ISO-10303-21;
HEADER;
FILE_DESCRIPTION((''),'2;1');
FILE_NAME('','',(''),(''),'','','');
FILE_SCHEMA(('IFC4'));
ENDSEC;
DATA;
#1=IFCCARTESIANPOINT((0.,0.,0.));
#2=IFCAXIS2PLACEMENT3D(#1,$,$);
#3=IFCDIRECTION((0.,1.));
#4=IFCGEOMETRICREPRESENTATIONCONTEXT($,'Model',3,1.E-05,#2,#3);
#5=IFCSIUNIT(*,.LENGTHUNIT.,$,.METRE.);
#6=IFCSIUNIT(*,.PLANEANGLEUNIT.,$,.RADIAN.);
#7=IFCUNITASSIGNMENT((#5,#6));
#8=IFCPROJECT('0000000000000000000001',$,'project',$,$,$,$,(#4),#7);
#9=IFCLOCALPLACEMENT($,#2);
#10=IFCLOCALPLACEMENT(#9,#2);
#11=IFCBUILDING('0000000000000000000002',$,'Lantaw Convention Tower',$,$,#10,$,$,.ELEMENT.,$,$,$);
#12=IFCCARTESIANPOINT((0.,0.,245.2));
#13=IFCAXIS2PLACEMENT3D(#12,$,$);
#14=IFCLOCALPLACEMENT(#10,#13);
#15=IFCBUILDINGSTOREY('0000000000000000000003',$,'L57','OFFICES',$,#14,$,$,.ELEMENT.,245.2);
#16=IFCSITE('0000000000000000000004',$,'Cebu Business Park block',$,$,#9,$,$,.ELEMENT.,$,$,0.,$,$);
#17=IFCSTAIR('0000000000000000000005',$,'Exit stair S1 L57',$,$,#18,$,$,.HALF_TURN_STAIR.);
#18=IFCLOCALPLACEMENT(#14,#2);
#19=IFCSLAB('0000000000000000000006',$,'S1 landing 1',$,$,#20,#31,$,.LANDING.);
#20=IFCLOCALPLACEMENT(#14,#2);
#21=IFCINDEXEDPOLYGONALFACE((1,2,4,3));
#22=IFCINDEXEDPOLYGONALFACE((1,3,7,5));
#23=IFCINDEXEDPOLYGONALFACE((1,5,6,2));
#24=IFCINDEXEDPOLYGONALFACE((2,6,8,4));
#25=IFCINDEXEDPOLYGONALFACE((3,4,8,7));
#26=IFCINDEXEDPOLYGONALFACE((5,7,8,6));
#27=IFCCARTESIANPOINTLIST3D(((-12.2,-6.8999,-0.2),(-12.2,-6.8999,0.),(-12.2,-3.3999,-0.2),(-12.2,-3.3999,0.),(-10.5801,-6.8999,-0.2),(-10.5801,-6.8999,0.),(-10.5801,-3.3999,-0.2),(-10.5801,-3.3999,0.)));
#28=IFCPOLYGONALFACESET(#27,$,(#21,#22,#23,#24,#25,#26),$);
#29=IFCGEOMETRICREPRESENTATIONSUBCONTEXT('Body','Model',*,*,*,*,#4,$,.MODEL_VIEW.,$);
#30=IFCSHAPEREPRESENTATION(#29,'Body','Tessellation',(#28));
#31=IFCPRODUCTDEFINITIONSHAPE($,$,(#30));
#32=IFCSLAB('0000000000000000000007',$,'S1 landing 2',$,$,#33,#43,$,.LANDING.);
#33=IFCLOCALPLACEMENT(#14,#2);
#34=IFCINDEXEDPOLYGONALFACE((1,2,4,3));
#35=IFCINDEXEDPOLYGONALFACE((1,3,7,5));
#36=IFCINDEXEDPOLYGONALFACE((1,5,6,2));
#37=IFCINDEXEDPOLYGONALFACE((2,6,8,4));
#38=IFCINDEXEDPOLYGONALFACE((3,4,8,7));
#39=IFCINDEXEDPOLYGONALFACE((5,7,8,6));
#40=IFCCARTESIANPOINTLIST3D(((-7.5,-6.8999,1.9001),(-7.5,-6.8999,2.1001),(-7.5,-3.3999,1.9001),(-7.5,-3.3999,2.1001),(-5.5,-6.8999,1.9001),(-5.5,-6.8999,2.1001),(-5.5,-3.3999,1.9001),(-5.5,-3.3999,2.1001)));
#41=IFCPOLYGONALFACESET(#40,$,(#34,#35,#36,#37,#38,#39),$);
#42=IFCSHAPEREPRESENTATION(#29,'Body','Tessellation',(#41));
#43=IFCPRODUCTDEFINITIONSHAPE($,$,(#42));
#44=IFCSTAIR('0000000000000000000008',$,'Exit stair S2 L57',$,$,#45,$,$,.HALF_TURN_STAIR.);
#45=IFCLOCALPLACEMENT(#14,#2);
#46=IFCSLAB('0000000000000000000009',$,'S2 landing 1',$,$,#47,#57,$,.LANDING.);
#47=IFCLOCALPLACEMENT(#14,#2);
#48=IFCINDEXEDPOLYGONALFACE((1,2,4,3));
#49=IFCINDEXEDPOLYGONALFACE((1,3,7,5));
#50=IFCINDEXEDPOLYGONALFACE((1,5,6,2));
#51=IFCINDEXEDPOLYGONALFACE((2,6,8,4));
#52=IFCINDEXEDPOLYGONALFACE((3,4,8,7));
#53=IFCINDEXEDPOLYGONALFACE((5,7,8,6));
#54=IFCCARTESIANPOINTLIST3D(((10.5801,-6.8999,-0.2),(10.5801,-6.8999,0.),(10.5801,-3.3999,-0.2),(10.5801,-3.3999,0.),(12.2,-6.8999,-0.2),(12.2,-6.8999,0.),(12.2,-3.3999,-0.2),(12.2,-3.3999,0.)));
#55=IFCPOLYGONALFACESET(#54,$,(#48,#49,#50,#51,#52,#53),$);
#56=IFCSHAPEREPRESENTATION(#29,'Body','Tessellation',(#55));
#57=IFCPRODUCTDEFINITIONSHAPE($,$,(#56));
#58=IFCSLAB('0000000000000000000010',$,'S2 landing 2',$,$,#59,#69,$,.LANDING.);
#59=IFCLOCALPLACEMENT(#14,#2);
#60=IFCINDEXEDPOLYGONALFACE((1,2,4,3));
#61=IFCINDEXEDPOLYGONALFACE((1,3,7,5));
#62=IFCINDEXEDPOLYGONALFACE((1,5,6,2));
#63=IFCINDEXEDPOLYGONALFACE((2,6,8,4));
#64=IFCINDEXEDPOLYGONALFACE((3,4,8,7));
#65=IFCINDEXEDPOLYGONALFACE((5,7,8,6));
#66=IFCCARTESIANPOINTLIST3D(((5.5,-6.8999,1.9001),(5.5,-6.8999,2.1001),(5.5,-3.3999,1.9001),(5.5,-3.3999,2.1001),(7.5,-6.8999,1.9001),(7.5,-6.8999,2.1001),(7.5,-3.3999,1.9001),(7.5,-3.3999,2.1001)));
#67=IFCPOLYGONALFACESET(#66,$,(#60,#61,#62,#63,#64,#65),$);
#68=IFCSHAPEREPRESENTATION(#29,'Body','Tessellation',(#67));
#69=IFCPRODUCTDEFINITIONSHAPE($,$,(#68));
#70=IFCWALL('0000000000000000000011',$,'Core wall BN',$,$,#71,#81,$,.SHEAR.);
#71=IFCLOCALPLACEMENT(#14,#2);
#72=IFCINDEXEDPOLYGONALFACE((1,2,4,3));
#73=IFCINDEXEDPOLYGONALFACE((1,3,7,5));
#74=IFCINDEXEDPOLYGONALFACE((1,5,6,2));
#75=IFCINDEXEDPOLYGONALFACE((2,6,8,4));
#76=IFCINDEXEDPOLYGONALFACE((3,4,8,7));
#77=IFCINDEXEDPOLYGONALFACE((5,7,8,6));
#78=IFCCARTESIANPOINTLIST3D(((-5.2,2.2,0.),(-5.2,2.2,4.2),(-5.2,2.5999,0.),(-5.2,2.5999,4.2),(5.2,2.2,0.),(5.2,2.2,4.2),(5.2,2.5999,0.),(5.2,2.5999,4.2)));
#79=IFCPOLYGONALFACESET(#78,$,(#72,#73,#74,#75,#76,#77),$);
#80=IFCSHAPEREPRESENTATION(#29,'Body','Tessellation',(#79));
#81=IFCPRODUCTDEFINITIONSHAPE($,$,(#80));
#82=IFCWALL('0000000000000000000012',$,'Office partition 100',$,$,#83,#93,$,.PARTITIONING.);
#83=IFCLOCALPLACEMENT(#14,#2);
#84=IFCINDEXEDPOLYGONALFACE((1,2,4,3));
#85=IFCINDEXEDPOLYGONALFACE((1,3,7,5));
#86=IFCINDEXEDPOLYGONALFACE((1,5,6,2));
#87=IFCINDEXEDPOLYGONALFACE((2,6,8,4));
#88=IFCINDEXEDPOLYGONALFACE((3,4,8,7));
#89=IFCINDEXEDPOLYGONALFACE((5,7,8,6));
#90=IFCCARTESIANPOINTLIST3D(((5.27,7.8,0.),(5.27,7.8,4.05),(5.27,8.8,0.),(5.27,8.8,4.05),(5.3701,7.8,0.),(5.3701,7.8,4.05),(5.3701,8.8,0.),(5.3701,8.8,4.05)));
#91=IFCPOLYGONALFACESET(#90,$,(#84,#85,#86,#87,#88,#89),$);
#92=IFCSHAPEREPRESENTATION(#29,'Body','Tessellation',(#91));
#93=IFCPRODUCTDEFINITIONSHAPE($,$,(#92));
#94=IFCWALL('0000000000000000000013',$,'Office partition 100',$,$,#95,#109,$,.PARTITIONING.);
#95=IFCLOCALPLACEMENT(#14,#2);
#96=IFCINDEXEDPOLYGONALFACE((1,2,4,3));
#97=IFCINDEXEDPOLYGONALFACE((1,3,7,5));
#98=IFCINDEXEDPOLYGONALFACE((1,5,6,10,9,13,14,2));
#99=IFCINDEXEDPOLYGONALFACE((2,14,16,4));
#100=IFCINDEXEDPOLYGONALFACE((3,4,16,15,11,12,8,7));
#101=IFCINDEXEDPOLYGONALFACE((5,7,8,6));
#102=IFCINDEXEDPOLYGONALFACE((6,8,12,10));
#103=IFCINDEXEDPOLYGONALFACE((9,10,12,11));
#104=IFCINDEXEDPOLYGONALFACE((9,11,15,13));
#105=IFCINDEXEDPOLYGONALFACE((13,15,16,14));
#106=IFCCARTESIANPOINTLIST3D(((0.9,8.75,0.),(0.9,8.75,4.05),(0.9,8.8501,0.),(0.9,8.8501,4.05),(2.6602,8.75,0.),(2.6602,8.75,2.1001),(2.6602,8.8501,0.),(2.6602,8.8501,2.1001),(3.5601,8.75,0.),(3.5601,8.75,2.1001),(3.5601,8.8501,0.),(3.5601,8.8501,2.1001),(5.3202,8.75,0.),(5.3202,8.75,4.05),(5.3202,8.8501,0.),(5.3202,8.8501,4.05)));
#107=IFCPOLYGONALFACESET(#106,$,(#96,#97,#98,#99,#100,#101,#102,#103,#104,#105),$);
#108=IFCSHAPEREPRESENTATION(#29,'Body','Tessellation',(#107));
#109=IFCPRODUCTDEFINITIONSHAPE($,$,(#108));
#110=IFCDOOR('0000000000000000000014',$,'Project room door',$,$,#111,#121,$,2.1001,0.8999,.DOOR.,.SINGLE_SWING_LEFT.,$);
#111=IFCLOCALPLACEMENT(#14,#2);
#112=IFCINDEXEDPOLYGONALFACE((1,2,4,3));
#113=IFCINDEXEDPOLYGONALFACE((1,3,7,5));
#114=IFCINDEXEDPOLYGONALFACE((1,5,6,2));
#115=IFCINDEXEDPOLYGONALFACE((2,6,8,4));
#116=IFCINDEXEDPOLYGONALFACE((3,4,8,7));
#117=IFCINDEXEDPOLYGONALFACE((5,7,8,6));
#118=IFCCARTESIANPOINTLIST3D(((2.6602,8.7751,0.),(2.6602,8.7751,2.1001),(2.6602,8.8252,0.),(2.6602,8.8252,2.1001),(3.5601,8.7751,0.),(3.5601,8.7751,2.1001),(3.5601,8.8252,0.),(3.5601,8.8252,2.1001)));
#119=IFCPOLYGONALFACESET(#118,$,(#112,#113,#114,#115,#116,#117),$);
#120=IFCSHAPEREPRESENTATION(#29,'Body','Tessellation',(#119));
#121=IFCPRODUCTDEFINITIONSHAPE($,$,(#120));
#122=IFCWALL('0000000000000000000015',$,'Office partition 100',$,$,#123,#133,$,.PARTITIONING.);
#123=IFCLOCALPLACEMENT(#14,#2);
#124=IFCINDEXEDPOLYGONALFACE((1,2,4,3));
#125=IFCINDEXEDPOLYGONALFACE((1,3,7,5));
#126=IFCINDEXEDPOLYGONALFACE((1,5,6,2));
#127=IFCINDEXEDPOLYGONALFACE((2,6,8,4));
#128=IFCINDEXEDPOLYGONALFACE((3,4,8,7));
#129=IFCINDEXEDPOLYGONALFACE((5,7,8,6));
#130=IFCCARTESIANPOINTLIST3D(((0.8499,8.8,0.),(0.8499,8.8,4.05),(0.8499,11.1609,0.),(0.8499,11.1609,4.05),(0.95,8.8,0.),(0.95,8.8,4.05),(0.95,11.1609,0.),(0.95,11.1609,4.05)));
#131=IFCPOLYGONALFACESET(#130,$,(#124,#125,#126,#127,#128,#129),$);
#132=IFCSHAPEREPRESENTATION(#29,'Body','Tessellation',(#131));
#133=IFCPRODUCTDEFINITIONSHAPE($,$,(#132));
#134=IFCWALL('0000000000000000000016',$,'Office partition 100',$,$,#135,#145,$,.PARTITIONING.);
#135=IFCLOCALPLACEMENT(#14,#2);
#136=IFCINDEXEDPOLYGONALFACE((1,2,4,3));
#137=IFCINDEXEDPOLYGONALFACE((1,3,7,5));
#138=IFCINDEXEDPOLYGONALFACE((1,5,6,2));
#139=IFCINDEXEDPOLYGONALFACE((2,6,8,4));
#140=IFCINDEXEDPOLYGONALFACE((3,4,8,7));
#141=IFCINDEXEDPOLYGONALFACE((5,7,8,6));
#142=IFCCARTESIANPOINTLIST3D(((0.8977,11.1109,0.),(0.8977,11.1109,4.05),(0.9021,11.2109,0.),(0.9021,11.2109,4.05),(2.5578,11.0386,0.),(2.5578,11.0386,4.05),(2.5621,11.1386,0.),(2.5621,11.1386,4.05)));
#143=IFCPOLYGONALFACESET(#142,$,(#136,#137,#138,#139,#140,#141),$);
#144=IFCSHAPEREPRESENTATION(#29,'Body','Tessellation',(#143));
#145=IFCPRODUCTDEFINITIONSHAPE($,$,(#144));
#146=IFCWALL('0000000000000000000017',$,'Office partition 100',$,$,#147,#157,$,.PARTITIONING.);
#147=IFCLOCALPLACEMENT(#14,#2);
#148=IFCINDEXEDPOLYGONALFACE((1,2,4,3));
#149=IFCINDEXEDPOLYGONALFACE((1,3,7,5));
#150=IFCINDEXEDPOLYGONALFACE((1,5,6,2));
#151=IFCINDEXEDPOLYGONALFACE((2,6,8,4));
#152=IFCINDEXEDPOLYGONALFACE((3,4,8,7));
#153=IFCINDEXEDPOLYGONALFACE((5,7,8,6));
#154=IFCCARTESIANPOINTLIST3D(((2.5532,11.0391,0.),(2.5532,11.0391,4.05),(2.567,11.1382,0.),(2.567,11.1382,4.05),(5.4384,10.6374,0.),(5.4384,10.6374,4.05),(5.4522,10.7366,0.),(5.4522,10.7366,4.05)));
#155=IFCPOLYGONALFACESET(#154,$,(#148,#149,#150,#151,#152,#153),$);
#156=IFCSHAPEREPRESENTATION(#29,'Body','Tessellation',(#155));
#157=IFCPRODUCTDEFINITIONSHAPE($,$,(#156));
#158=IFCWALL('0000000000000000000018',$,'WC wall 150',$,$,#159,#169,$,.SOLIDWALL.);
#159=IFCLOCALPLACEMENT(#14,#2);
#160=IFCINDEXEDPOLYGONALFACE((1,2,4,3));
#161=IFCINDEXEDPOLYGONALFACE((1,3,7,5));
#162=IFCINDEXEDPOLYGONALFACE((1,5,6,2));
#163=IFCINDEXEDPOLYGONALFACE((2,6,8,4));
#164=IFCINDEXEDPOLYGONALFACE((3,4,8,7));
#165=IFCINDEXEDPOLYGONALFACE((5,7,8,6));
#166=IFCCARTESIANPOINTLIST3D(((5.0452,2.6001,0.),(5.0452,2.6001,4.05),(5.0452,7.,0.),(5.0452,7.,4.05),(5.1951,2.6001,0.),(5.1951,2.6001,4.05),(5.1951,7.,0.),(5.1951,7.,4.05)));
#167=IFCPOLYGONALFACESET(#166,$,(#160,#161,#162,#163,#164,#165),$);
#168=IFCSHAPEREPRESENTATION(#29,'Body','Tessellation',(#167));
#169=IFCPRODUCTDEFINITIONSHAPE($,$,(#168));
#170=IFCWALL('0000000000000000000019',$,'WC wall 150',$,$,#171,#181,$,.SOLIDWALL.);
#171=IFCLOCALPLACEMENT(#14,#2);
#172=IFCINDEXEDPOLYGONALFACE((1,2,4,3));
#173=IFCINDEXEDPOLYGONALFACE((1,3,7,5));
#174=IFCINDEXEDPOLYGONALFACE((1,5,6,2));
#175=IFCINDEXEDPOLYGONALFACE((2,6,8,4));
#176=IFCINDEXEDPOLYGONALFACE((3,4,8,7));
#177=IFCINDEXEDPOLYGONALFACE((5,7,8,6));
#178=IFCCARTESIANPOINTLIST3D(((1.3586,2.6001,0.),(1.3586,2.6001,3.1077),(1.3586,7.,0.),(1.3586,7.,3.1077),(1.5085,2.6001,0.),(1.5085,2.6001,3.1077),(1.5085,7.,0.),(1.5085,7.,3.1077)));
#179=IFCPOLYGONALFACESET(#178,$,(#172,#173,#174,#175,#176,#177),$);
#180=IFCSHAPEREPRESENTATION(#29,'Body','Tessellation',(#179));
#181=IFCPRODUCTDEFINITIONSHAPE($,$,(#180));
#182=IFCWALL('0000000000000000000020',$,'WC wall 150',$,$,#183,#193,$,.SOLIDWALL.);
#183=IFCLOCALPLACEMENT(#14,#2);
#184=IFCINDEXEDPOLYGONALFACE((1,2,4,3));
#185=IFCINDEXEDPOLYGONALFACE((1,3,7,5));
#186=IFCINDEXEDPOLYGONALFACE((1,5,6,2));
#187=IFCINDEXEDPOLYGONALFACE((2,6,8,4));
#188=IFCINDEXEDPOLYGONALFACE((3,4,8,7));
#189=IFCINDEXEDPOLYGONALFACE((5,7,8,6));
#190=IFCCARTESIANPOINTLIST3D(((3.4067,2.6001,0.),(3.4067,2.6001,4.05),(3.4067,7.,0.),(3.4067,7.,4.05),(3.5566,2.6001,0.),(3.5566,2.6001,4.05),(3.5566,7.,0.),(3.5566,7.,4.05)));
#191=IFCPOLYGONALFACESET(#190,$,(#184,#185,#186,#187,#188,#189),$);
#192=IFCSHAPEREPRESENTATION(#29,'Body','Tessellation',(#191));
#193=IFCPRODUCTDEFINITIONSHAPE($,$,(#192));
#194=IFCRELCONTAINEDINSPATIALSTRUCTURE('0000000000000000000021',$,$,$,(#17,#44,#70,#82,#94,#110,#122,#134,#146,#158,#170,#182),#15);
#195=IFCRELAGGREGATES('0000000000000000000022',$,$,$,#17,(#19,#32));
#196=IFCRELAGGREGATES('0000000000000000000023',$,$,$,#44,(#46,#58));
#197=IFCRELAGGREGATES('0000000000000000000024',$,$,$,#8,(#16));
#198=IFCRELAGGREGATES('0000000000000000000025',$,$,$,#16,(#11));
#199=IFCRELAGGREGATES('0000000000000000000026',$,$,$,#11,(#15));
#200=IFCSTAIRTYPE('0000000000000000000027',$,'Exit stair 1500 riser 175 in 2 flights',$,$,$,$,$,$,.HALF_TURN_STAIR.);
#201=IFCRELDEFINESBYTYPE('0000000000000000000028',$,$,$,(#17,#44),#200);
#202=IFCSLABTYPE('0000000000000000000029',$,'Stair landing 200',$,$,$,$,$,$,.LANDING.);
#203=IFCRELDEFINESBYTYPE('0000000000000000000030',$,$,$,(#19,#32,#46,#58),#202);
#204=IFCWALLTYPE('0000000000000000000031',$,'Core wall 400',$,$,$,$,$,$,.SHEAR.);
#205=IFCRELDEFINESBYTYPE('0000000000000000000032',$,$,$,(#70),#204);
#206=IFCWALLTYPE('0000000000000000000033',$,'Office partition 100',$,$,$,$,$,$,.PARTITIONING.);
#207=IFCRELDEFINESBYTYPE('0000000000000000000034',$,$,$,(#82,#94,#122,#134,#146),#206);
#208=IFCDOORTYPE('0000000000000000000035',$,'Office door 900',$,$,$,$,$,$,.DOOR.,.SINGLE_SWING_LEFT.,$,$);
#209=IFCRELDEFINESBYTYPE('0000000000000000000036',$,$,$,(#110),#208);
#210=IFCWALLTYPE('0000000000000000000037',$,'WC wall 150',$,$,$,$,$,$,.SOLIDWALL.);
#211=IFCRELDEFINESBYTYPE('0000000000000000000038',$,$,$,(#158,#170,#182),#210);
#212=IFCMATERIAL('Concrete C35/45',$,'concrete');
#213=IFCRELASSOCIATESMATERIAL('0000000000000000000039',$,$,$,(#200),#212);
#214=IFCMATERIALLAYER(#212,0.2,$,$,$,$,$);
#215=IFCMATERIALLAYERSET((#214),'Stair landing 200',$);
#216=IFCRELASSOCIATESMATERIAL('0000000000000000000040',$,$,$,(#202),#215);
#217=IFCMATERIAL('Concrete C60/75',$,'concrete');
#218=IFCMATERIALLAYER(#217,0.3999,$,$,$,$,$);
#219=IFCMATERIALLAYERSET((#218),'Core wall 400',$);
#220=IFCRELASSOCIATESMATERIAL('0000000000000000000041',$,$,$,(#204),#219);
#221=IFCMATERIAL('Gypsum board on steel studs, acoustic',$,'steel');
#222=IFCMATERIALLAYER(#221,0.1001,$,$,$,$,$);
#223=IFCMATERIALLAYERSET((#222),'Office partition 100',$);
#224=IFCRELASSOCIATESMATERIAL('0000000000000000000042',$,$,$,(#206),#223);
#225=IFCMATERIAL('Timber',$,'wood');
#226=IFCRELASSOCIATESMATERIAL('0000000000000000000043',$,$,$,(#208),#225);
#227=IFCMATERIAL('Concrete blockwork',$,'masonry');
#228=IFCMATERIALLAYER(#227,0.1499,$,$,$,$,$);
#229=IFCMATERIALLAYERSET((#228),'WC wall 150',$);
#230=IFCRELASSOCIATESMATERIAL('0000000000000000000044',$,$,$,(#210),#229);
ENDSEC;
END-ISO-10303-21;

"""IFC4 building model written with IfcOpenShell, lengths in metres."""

from ifc_helpers import new_model, si_unit, direction, frame, frame_2d, origin, place, context, subcontext, project, spatial, polyline, rectangle, outline, extrude, material, layer, layer_set, type_object, element, fill, aggregate, save


model = new_model("IFC4")

# Units and contexts
model_context = context("Model", 3, precision=1e-05, world=origin(), true_north=direction((0.0, 1.0)))
body_context = subcontext(model_context, "Body", "Model", "MODEL_VIEW")
ifc_project = project(units=[si_unit("LENGTHUNIT", "METRE"), si_unit("PLANEANGLEUNIT", "RADIAN")], contexts=[model_context])

# Site, building, storey
site_placement = place(None, origin())
site = spatial("IfcSite", under=ifc_project, at=site_placement, Name="Cebu Business Park block", CompositionType="ELEMENT", RefElevation=0.0)
building_placement = place(site_placement, origin())
building = spatial("IfcBuilding", under=site, at=building_placement, Name="Lantaw Convention Tower", CompositionType="ELEMENT")
storey_placement = place(building_placement, frame((0.0, 0.0, 245.2)))
storey = spatial("IfcBuildingStorey", under=building, at=storey_placement, Name="L57", Description="OFFICES", CompositionType="ELEMENT", Elevation=245.2)

# Stairs, slabs
ifc_material_1 = material(Name="Concrete C35/45", Category="concrete")
stair_type = type_object("IfcStairType", Name="Exit stair 1500 riser 175 in 2 flights", PredefinedType="HALF_TURN_STAIR", material=ifc_material_1)
stair_1_placement = place(storey_placement, origin())
stair_1 = element("IfcStair", 1, at=stair_1_placement, inside=storey, type_object=stair_type, Name="Exit stair S1 L57", PredefinedType="HALF_TURN_STAIR")
ifc_layer_1 = layer(ifc_material_1, 0.2)
ifc_layer_set_1 = layer_set([ifc_layer_1], Name="Stair landing 200")
slab_type = type_object("IfcSlabType", Name="Stair landing 200", PredefinedType="LANDING", material=ifc_layer_set_1)
slab_1_placement = place(storey_placement, frame((0.0, 0.0, -0.2)))
slab_1 = element("IfcSlab", 2, at=slab_1_placement, type_object=slab_type, Name="S1 landing 1", PredefinedType="LANDING", context=body_context, shape_type="SweptSolid", body=[
    extrude(outline(polyline([(-12.2, -6.8999), (-10.5801, -6.8999), (-10.5801, -3.3999), (-12.2, -3.3999), (-12.2, -6.8999)])), origin(), (0.0, 0.0, 1.0), 0.2),
])
slab_2_placement = place(storey_placement, frame((0.0, 0.0, 1.9001)))
slab_2 = element("IfcSlab", 3, at=slab_2_placement, type_object=slab_type, Name="S1 landing 2", PredefinedType="LANDING", context=body_context, shape_type="SweptSolid", body=[
    extrude(outline(polyline([(-7.5, -6.8999), (-5.5, -6.8999), (-5.5, -3.3999), (-7.5, -3.3999), (-7.5, -6.8999)])), origin(), (0.0, 0.0, 1.0), 0.2),
])
aggregate(stair_1, [slab_1, slab_2])
stair_2_placement = place(storey_placement, origin())
stair_2 = element("IfcStair", 4, at=stair_2_placement, inside=storey, type_object=stair_type, Name="Exit stair S2 L57", PredefinedType="HALF_TURN_STAIR")
slab_3_placement = place(storey_placement, frame((0.0, 0.0, -0.2)))
slab_3 = element("IfcSlab", 5, at=slab_3_placement, type_object=slab_type, Name="S2 landing 1", PredefinedType="LANDING", context=body_context, shape_type="SweptSolid", body=[
    extrude(outline(polyline([(10.5801, -6.8999), (12.2, -6.8999), (12.2, -3.3999), (10.5801, -3.3999), (10.5801, -6.8999)])), origin(), (0.0, 0.0, 1.0), 0.2),
])
slab_4_placement = place(storey_placement, frame((0.0, 0.0, 1.9001)))
slab_4 = element("IfcSlab", 6, at=slab_4_placement, type_object=slab_type, Name="S2 landing 2", PredefinedType="LANDING", context=body_context, shape_type="SweptSolid", body=[
    extrude(outline(polyline([(5.5, -6.8999), (7.5, -6.8999), (7.5, -3.3999), (5.5, -3.3999), (5.5, -6.8999)])), origin(), (0.0, 0.0, 1.0), 0.2),
])
aggregate(stair_2, [slab_3, slab_4])

# Walls
ifc_material_2 = material(Name="Concrete C60/75", Category="concrete")
ifc_layer_2 = layer(ifc_material_2, 0.3999)
ifc_layer_set_2 = layer_set([ifc_layer_2], Name="Core wall 400")
wall_type_1 = type_object("IfcWallType", Name="Core wall 400", PredefinedType="SHEAR", material=ifc_layer_set_2)
wall_1_placement = place(storey_placement, frame((5.2, 2.3999, 0.0), z_axis=(0.0, 0.0, 1.0), x_axis=(-1.0, 0.0, 0.0)))
element("IfcWall", 7, at=wall_1_placement, inside=storey, type_object=wall_type_1, Name="Core wall BN", PredefinedType="SHEAR", context=body_context, shape_type="SweptSolid", body=[
    extrude(rectangle(XDim=10.3999, YDim=0.3999, at=frame_2d((5.2, 0.0))), origin(), (0.0, 0.0, 1.0), 4.2),
])
ifc_material_3 = material(Name="Gypsum board on steel studs, acoustic", Category="steel")
ifc_layer_3 = layer(ifc_material_3, 0.1001)
ifc_layer_set_3 = layer_set([ifc_layer_3], Name="Office partition 100")
wall_type_2 = type_object("IfcWallType", Name="Office partition 100", PredefinedType="PARTITIONING", material=ifc_layer_set_3)
wall_2_placement = place(storey_placement, frame((5.3201, 7.8, 0.0), z_axis=(0.0, 0.0, 1.0), x_axis=(0.0, 1.0, 0.0)))
element("IfcWall", 8, at=wall_2_placement, inside=storey, type_object=wall_type_2, Name="Office partition 100", PredefinedType="PARTITIONING", context=body_context, shape_type="SweptSolid", body=[
    extrude(rectangle(XDim=1.0, YDim=0.1001, at=frame_2d((0.5, 0.0))), origin(), (0.0, 0.0, 1.0), 4.05),
])

# Wall, opening, door
wall_3_placement = place(storey_placement, frame((5.3201, 8.8, 0.0), z_axis=(0.0, 0.0, 1.0), x_axis=(-1.0, 0.0, 0.0)))
wall_3 = element("IfcWall", 9, at=wall_3_placement, inside=storey, type_object=wall_type_2, Name="Office partition 100", PredefinedType="PARTITIONING", context=body_context, shape_type="SweptSolid", body=[
    extrude(rectangle(XDim=4.4202, YDim=0.1001, at=frame_2d((2.21, 0.0))), origin(), (0.0, 0.0, 1.0), 4.05),
])
opening_placement = place(wall_3_placement, frame((1.76, 0.0, 0.0)))
opening = element("IfcOpeningElement", 10, at=opening_placement, cuts=wall_3, PredefinedType="OPENING", context=body_context, shape_type="SweptSolid", body=[
    extrude(rectangle(XDim=0.8999, YDim=2.1001, at=frame_2d((0.45, 1.05))), frame((0.0, 0.0601, 0.0), z_axis=(0.0, -1.0, 0.0), x_axis=(1.0, 0.0, 0.0)), (0.0, 0.0, 1.0), 0.1201),
])
ifc_material_4 = material(Name="Timber", Category="wood")
door_type = type_object("IfcDoorType", Name="Office door 900", OperationType="SINGLE_SWING_LEFT", PredefinedType="DOOR", material=ifc_material_4)
door_placement = place(opening_placement, origin())
door = element("IfcDoor", 11, at=door_placement, inside=storey, type_object=door_type, Name="Project room door", OperationType="SINGLE_SWING_LEFT", OverallHeight=2.1001, OverallWidth=0.8999, PredefinedType="DOOR", context=body_context, shape_type="SweptSolid", body=[
    extrude(rectangle(XDim=0.8999, YDim=2.1001, at=frame_2d((0.45, 1.05))), frame((0.0, 0.0249, 0.0), z_axis=(0.0, -1.0, 0.0), x_axis=(1.0, 0.0, 0.0)), (0.0, 0.0, 1.0), 0.05),
])
fill(opening, door)

# Walls
wall_4_placement = place(storey_placement, frame((0.8999, 8.8, 0.0), z_axis=(0.0, 0.0, 1.0), x_axis=(0.0, 1.0, 0.0)))
element("IfcWall", 12, at=wall_4_placement, inside=storey, type_object=wall_type_2, Name="Office partition 100", PredefinedType="PARTITIONING", context=body_context, shape_type="SweptSolid", body=[
    extrude(rectangle(XDim=2.3608, YDim=0.1001, at=frame_2d((1.1804, 0.0))), origin(), (0.0, 0.0, 1.0), 4.05),
])
wall_5_placement = place(storey_placement, frame((0.8999, 11.1609, 0.0), z_axis=(0.0, 0.0, 1.0), x_axis=(0.999054, -0.043488, 0.0)))
element("IfcWall", 13, at=wall_5_placement, inside=storey, type_object=wall_type_2, Name="Office partition 100", PredefinedType="PARTITIONING", context=body_context, shape_type="SweptSolid", body=[
    extrude(rectangle(XDim=1.6616, YDim=0.1001, at=frame_2d((0.8308, 0.0))), origin(), (0.0, 0.0, 1.0), 4.05),
])
wall_6_placement = place(storey_placement, frame((2.5601, 11.0886, 0.0), z_axis=(0.0, 0.0, 1.0), x_axis=(0.990451, -0.137865, 0.0)))
element("IfcWall", 14, at=wall_6_placement, inside=storey, type_object=wall_type_2, Name="Office partition 100", PredefinedType="PARTITIONING", context=body_context, shape_type="SweptSolid", body=[
    extrude(rectangle(XDim=2.9131, YDim=0.1001, at=frame_2d((1.4565, 0.0))), origin(), (0.0, 0.0, 1.0), 4.05),
])
ifc_material_5 = material(Name="Concrete blockwork", Category="masonry")
ifc_layer_4 = layer(ifc_material_5, 0.1499)
ifc_layer_set_4 = layer_set([ifc_layer_4], Name="WC wall 150")
wall_type_3 = type_object("IfcWallType", Name="WC wall 150", PredefinedType="SOLIDWALL", material=ifc_layer_set_4)
wall_7_placement = place(storey_placement, frame((5.1201, 2.6001, 0.0), z_axis=(0.0, 0.0, 1.0), x_axis=(0.0, 1.0, 0.0)))
element("IfcWall", 15, at=wall_7_placement, inside=storey, type_object=wall_type_3, Name="WC wall 150", PredefinedType="SOLIDWALL", context=body_context, shape_type="SweptSolid", body=[
    extrude(rectangle(XDim=4.3999, YDim=0.1499, at=frame_2d((2.2, 0.0))), origin(), (0.0, 0.0, 1.0), 4.05),
])
wall_8_placement = place(storey_placement, frame((1.4336, 2.6001, 0.0), z_axis=(0.0, 0.0, 1.0), x_axis=(0.0, 1.0, 0.0)))
element("IfcWall", 16, at=wall_8_placement, inside=storey, type_object=wall_type_3, Name="WC wall 150", PredefinedType="SOLIDWALL", context=body_context, shape_type="SweptSolid", body=[
    extrude(rectangle(XDim=4.3999, YDim=0.1499, at=frame_2d((2.2, 0.0))), origin(), (0.0, 0.0, 1.0), 3.1077),
])
wall_9_placement = place(storey_placement, frame((3.4817, 2.6001, 0.0), z_axis=(0.0, 0.0, 1.0), x_axis=(0.0, 1.0, 0.0)))
element("IfcWall", 17, at=wall_9_placement, inside=storey, type_object=wall_type_3, Name="WC wall 150", PredefinedType="SOLIDWALL", context=body_context, shape_type="SweptSolid", body=[
    extrude(rectangle(XDim=4.3999, YDim=0.1499, at=frame_2d((2.2, 0.0))), origin(), (0.0, 0.0, 1.0), 4.05),
])

save(model, "model.ifc")
